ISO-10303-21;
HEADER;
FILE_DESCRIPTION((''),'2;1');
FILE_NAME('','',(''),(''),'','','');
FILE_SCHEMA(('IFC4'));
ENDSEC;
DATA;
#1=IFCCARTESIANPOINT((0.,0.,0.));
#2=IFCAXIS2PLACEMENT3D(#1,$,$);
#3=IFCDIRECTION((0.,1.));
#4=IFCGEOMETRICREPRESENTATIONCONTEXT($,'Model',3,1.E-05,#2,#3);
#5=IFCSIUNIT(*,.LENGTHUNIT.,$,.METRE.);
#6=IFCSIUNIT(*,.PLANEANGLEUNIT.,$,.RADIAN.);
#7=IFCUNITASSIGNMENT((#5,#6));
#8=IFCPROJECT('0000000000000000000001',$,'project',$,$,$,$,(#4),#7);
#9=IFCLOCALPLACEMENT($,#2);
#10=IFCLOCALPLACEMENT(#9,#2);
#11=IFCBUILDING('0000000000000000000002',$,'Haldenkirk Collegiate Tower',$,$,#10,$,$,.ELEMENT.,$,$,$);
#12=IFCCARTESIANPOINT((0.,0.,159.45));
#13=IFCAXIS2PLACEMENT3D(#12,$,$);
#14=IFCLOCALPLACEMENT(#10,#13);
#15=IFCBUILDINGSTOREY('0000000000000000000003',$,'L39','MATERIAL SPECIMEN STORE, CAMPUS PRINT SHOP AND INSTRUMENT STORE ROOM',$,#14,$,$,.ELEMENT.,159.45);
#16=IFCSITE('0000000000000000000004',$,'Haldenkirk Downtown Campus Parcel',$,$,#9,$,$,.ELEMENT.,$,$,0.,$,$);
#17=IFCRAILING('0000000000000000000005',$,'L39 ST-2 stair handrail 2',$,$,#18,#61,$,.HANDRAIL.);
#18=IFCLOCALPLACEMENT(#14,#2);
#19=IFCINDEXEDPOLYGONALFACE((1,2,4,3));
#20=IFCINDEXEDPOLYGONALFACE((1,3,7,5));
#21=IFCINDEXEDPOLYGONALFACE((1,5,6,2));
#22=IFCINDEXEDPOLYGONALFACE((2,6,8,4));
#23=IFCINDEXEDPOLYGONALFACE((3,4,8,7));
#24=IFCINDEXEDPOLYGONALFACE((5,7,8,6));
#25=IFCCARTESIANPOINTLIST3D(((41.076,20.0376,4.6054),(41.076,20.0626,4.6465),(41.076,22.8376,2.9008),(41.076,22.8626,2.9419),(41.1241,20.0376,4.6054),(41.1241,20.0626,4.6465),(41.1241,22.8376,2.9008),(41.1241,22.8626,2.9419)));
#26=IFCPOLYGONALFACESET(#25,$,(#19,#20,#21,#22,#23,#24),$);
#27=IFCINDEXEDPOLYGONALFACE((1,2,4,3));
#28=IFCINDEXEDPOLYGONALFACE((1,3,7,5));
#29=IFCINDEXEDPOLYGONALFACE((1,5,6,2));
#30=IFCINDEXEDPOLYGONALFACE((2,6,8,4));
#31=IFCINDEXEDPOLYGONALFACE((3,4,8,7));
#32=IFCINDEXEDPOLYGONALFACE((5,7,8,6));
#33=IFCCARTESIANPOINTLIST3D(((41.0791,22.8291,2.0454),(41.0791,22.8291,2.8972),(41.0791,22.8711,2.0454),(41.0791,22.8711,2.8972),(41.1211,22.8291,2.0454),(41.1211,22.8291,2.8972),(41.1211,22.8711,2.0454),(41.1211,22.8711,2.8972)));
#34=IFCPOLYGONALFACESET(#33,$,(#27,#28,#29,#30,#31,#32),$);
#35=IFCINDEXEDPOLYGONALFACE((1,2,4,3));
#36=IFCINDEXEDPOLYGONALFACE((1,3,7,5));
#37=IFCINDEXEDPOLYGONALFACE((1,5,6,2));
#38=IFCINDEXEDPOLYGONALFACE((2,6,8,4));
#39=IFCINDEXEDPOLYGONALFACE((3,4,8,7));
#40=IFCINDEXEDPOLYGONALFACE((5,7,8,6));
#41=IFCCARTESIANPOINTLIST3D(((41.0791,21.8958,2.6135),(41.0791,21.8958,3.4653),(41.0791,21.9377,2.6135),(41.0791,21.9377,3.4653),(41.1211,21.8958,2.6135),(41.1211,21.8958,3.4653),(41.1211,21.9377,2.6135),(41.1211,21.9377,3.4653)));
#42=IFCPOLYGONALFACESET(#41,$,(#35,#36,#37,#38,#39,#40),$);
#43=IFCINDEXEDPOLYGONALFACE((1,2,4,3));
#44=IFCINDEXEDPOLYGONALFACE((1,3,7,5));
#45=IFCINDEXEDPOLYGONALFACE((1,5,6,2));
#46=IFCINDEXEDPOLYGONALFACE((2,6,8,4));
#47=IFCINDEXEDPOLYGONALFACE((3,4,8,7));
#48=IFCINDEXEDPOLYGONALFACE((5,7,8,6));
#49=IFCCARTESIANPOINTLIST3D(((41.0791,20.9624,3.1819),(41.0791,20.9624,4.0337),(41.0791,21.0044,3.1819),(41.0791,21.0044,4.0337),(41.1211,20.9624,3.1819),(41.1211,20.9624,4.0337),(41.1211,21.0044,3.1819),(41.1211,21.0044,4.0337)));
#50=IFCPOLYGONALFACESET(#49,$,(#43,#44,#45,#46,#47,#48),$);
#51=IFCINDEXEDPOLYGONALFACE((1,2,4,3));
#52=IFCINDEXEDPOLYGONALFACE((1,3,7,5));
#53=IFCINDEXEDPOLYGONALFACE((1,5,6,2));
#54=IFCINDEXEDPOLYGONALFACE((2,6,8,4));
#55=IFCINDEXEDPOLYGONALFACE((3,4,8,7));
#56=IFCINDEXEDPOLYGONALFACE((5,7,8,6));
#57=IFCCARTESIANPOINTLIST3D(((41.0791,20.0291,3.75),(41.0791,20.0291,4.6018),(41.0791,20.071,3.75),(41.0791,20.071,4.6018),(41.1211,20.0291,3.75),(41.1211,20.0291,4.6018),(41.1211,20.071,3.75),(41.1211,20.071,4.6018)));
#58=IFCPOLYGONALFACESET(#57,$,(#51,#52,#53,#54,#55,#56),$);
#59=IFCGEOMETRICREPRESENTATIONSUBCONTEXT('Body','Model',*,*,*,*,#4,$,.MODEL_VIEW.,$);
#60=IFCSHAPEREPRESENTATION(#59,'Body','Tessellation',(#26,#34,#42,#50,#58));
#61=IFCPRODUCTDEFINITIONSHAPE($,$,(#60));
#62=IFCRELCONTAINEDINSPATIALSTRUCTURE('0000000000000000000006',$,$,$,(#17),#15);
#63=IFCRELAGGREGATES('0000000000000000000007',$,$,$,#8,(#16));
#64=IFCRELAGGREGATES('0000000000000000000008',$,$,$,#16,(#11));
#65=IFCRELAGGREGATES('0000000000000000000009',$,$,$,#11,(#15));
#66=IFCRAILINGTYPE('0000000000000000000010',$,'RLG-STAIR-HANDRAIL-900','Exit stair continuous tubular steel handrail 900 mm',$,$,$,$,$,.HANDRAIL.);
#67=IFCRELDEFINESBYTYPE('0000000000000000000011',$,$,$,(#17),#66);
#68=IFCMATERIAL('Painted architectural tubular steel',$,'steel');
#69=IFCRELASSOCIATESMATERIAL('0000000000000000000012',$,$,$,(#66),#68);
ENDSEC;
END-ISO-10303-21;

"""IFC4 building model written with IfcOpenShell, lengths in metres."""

from ifc_helpers import new_model, si_unit, direction, frame, origin, origin_2d, place, context, subcontext, project, spatial, rectangle, extrude, material, type_object, element, save


model = new_model("IFC4")

# Units and contexts
model_context = context("Model", 3, precision=1e-05, world=origin(), true_north=direction((0.0, 1.0)))
body_context = subcontext(model_context, "Body", "Model", "MODEL_VIEW")
ifc_project = project(units=[si_unit("LENGTHUNIT", "METRE"), si_unit("PLANEANGLEUNIT", "RADIAN")], contexts=[model_context])

# Site, building, storey
site_placement = place(None, origin())
site = spatial("IfcSite", under=ifc_project, at=site_placement, Name="Haldenkirk Downtown Campus Parcel", CompositionType="ELEMENT", RefElevation=0.0)
building_placement = place(site_placement, origin())
building = spatial("IfcBuilding", under=site, at=building_placement, Name="Haldenkirk Collegiate Tower", CompositionType="ELEMENT")
storey_placement = place(building_placement, frame((0.0, 0.0, 159.45)))
storey = spatial("IfcBuildingStorey", under=building, at=storey_placement, Name="L39", Description="MATERIAL SPECIMEN STORE, CAMPUS PRINT SHOP AND INSTRUMENT STORE ROOM", CompositionType="ELEMENT", Elevation=159.45)

# Railing
ifc_material_1 = material(Name="Painted architectural tubular steel", Category="steel")
railing_type_1 = type_object("IfcRailingType", Name="RLG-STAIR-HANDRAIL-900", Description="Exit stair continuous tubular steel handrail 900 mm", PredefinedType="HANDRAIL", material=ifc_material_1)
railing_1_placement = place(storey_placement, frame((41.1001, 22.8501, 2.0454)))
element("IfcRailing", 1, at=railing_1_placement, inside=storey, type_object=railing_type_1, Name="L39 ST-2 stair handrail 2", PredefinedType="HANDRAIL", context=body_context, shape_type="SweptSolid", body=[
    extrude(rectangle(XDim=0.0481, YDim=0.0481, at=origin_2d()), frame((0.0, 0.0, 0.876), z_axis=(0.0, -0.85417, 0.519994), x_axis=(1.0, 0.0, 0.0)), (0.0, 0.0, 1.0), 3.2781),
    extrude(rectangle(XDim=0.042, YDim=0.042, at=origin_2d()), origin(), (0.0, 0.0, 1.0), 0.8518),
    extrude(rectangle(XDim=0.042, YDim=0.042, at=origin_2d()), frame((0.0, -0.9333, 0.5681)), (0.0, 0.0, 1.0), 0.8518),
    extrude(rectangle(XDim=0.042, YDim=0.042, at=origin_2d()), frame((0.0, -1.8667, 1.1365)), (0.0, 0.0, 1.0), 0.8518),
    extrude(rectangle(XDim=0.042, YDim=0.042, at=origin_2d()), frame((0.0, -2.8, 1.7046)), (0.0, 0.0, 1.0), 0.8518),
])

save(model, "model.ifc")
